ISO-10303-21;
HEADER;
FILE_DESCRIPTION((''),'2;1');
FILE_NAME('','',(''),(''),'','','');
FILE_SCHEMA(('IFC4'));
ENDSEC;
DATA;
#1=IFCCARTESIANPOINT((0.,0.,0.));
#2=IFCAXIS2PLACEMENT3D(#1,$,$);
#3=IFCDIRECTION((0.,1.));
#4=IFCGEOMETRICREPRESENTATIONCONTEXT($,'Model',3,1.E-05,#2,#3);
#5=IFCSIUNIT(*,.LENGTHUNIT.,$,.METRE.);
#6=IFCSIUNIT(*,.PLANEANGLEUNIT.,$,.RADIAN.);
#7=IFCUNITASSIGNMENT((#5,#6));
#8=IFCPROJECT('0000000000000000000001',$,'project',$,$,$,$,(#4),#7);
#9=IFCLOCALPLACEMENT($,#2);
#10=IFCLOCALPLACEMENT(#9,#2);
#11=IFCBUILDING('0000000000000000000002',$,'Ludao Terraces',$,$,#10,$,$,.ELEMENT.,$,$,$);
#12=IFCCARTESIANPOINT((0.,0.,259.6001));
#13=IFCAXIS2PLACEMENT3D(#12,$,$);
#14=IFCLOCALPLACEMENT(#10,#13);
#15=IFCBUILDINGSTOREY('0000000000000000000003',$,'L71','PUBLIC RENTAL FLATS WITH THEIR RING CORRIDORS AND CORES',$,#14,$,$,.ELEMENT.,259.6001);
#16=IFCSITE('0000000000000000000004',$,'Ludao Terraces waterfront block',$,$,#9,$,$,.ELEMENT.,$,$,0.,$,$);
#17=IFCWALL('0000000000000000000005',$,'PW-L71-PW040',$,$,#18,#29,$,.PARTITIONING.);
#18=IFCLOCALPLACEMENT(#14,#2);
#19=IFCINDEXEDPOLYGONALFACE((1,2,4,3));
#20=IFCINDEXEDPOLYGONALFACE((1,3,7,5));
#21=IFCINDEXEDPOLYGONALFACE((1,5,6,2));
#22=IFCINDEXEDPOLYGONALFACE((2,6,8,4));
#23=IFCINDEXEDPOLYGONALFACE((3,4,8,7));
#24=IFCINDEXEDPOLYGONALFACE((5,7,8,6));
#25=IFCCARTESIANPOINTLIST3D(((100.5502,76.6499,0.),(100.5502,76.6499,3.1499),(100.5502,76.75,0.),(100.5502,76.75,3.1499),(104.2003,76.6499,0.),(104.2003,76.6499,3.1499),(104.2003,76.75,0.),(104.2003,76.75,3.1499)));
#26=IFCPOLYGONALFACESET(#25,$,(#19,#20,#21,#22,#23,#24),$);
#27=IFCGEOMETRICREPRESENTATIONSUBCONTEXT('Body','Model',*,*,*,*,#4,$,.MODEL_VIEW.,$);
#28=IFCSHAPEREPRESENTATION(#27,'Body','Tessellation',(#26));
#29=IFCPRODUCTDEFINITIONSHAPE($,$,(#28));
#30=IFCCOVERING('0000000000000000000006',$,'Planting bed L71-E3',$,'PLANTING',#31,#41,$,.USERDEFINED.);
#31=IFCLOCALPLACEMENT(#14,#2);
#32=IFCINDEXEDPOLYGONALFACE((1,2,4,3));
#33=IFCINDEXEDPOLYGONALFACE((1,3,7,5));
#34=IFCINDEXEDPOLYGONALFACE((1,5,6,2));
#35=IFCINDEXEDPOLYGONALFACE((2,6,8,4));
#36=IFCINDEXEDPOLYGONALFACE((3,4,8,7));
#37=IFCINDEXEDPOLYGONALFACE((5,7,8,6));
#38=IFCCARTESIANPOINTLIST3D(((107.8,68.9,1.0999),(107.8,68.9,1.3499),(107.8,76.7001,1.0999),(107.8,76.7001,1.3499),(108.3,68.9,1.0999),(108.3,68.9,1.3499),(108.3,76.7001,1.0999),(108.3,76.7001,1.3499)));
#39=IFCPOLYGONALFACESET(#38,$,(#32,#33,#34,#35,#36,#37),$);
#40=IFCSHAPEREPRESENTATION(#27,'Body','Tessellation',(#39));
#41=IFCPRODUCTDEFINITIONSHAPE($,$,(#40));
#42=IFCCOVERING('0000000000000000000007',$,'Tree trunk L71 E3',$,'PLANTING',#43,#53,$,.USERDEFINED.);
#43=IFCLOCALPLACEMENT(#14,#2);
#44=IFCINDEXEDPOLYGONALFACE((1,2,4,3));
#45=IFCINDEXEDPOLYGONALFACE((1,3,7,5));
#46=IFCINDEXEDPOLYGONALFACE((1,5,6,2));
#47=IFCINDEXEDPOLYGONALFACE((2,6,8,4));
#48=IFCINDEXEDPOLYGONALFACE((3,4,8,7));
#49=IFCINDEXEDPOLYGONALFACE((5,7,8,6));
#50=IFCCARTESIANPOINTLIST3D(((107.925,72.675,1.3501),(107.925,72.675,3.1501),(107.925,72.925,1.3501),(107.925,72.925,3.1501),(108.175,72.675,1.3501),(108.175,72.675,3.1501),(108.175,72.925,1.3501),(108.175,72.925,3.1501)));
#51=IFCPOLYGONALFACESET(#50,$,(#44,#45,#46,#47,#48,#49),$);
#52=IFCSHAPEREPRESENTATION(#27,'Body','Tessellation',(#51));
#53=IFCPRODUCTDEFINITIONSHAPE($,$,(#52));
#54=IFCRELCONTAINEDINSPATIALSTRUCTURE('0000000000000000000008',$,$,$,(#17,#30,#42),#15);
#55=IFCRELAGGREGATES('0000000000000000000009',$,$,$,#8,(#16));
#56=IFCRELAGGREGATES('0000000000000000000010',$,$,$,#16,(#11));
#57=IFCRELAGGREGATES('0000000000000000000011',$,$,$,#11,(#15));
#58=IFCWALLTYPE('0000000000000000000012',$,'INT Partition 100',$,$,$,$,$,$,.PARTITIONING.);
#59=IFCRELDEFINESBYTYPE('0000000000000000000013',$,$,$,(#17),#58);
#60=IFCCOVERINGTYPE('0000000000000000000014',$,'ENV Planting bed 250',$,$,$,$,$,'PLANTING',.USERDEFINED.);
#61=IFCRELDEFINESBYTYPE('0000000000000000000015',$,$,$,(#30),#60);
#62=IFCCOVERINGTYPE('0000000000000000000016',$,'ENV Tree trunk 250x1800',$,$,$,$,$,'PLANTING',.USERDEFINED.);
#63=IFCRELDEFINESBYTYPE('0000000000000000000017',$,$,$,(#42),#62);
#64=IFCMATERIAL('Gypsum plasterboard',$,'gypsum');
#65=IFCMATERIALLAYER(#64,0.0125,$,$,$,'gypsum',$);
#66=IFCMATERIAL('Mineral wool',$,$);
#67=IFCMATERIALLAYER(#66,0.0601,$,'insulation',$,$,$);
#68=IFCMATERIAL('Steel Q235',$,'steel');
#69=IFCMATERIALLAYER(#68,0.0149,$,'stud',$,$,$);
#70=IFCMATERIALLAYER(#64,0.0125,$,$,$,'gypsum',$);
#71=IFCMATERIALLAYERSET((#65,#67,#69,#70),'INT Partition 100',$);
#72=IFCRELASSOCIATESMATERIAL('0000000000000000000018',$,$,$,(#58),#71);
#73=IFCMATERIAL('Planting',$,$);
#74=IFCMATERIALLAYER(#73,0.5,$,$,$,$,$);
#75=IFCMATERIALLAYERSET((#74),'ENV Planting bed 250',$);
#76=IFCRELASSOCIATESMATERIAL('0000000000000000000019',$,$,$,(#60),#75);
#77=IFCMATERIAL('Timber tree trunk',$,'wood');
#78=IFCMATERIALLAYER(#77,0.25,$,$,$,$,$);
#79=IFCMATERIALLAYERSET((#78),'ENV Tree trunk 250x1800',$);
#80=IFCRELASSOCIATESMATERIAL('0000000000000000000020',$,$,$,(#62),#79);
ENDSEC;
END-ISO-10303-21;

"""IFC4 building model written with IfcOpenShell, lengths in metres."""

from ifc_helpers import new_model, si_unit, direction, frame, frame_2d, origin, origin_2d, place, context, subcontext, project, spatial, rectangle, extrude, material, layer, layer_set, type_object, element, save


model = new_model("IFC4")

# Units and contexts
model_context = context("Model", 3, precision=1e-05, world=origin(), true_north=direction((0.0, 1.0)))
body_context = subcontext(model_context, "Body", "Model", "MODEL_VIEW")
ifc_project = project(units=[si_unit("LENGTHUNIT", "METRE"), si_unit("PLANEANGLEUNIT", "RADIAN")], contexts=[model_context])

# Site, building, storey
site_placement = place(None, origin())
site = spatial("IfcSite", under=ifc_project, at=site_placement, Name="Ludao Terraces waterfront block", CompositionType="ELEMENT", RefElevation=0.0)
building_placement = place(site_placement, origin())
building = spatial("IfcBuilding", under=site, at=building_placement, Name="Ludao Terraces", CompositionType="ELEMENT")
storey_placement = place(building_placement, frame((0.0, 0.0, 259.6001)))
storey = spatial("IfcBuildingStorey", under=building, at=storey_placement, Name="L71", Description="PUBLIC RENTAL FLATS WITH THEIR RING CORRIDORS AND CORES", CompositionType="ELEMENT", Elevation=259.6001)

# Shared definitions
ifc_material_1 = material(Name="Mineral wool")

# Wall
ifc_material_2 = material(Name="Gypsum plasterboard", Category="gypsum")
ifc_layer_1 = layer(ifc_material_2, 0.0125, Category="gypsum")
ifc_layer_2 = layer(ifc_material_1, 0.0601, Name="insulation")
ifc_material_3 = material(Name="Steel Q235", Category="steel")
ifc_layer_3 = layer(ifc_material_3, 0.0149, Name="stud")
ifc_layer_4 = layer(ifc_material_2, 0.0125, Category="gypsum")
ifc_layer_set_1 = layer_set([ifc_layer_1, ifc_layer_2, ifc_layer_3, ifc_layer_4], Name="INT Partition 100")
wall_type_1 = type_object("IfcWallType", Name="INT Partition 100", PredefinedType="PARTITIONING", material=ifc_layer_set_1)
wall_1_placement = place(storey_placement, frame((100.55, 76.7, 0.0), z_axis=(0.0, 0.0, 1.0), x_axis=(1.0, 0.0, 0.0)))
element("IfcWall", 1, at=wall_1_placement, inside=storey, type_object=wall_type_1, Name="PW-L71-PW040", PredefinedType="PARTITIONING", context=body_context, shape_type="SweptSolid", body=[
    extrude(rectangle(XDim=3.6501, YDim=0.1001, at=frame_2d((1.8252, 0.0))), origin(), (0.0, 0.0, 1.0), 3.1499),
])

# Coverings
ifc_material_4 = material(Name="Planting")
ifc_layer_5 = layer(ifc_material_4, 0.5)
ifc_layer_set_2 = layer_set([ifc_layer_5], Name="ENV Planting bed 250")
covering_type_1 = type_object("IfcCoveringType", Name="ENV Planting bed 250", ElementType="PLANTING", PredefinedType="USERDEFINED", material=ifc_layer_set_2)
covering_1_placement = place(storey_placement, frame((108.05, 72.8, 1.0999), z_axis=(0.0, 0.0, 1.0), x_axis=(1.0, 0.0, 0.0)))
element("IfcCovering", 2, at=covering_1_placement, inside=storey, type_object=covering_type_1, Name="Planting bed L71-E3", ObjectType="PLANTING", PredefinedType="USERDEFINED", context=body_context, shape_type="SweptSolid", body=[
    extrude(rectangle(XDim=0.5, YDim=7.8, at=origin_2d()), origin(), (0.0, 0.0, 1.0), 0.25),
])
ifc_material_5 = material(Name="Timber tree trunk", Category="wood")
ifc_layer_6 = layer(ifc_material_5, 0.25)
ifc_layer_set_3 = layer_set([ifc_layer_6], Name="ENV Tree trunk 250x1800")
covering_type_2 = type_object("IfcCoveringType", Name="ENV Tree trunk 250x1800", ElementType="PLANTING", PredefinedType="USERDEFINED", material=ifc_layer_set_3)
covering_2_placement = place(storey_placement, frame((108.05, 72.8, 1.3501), z_axis=(0.0, 0.0, 1.0), x_axis=(1.0, 0.0, 0.0)))
element("IfcCovering", 3, at=covering_2_placement, inside=storey, type_object=covering_type_2, Name="Tree trunk L71 E3", ObjectType="PLANTING", PredefinedType="USERDEFINED", context=body_context, shape_type="SweptSolid", body=[
    extrude(rectangle(XDim=0.25, YDim=0.25, at=origin_2d()), origin(), (0.0, 0.0, 1.0), 1.8),
])

save(model, "model.ifc")
